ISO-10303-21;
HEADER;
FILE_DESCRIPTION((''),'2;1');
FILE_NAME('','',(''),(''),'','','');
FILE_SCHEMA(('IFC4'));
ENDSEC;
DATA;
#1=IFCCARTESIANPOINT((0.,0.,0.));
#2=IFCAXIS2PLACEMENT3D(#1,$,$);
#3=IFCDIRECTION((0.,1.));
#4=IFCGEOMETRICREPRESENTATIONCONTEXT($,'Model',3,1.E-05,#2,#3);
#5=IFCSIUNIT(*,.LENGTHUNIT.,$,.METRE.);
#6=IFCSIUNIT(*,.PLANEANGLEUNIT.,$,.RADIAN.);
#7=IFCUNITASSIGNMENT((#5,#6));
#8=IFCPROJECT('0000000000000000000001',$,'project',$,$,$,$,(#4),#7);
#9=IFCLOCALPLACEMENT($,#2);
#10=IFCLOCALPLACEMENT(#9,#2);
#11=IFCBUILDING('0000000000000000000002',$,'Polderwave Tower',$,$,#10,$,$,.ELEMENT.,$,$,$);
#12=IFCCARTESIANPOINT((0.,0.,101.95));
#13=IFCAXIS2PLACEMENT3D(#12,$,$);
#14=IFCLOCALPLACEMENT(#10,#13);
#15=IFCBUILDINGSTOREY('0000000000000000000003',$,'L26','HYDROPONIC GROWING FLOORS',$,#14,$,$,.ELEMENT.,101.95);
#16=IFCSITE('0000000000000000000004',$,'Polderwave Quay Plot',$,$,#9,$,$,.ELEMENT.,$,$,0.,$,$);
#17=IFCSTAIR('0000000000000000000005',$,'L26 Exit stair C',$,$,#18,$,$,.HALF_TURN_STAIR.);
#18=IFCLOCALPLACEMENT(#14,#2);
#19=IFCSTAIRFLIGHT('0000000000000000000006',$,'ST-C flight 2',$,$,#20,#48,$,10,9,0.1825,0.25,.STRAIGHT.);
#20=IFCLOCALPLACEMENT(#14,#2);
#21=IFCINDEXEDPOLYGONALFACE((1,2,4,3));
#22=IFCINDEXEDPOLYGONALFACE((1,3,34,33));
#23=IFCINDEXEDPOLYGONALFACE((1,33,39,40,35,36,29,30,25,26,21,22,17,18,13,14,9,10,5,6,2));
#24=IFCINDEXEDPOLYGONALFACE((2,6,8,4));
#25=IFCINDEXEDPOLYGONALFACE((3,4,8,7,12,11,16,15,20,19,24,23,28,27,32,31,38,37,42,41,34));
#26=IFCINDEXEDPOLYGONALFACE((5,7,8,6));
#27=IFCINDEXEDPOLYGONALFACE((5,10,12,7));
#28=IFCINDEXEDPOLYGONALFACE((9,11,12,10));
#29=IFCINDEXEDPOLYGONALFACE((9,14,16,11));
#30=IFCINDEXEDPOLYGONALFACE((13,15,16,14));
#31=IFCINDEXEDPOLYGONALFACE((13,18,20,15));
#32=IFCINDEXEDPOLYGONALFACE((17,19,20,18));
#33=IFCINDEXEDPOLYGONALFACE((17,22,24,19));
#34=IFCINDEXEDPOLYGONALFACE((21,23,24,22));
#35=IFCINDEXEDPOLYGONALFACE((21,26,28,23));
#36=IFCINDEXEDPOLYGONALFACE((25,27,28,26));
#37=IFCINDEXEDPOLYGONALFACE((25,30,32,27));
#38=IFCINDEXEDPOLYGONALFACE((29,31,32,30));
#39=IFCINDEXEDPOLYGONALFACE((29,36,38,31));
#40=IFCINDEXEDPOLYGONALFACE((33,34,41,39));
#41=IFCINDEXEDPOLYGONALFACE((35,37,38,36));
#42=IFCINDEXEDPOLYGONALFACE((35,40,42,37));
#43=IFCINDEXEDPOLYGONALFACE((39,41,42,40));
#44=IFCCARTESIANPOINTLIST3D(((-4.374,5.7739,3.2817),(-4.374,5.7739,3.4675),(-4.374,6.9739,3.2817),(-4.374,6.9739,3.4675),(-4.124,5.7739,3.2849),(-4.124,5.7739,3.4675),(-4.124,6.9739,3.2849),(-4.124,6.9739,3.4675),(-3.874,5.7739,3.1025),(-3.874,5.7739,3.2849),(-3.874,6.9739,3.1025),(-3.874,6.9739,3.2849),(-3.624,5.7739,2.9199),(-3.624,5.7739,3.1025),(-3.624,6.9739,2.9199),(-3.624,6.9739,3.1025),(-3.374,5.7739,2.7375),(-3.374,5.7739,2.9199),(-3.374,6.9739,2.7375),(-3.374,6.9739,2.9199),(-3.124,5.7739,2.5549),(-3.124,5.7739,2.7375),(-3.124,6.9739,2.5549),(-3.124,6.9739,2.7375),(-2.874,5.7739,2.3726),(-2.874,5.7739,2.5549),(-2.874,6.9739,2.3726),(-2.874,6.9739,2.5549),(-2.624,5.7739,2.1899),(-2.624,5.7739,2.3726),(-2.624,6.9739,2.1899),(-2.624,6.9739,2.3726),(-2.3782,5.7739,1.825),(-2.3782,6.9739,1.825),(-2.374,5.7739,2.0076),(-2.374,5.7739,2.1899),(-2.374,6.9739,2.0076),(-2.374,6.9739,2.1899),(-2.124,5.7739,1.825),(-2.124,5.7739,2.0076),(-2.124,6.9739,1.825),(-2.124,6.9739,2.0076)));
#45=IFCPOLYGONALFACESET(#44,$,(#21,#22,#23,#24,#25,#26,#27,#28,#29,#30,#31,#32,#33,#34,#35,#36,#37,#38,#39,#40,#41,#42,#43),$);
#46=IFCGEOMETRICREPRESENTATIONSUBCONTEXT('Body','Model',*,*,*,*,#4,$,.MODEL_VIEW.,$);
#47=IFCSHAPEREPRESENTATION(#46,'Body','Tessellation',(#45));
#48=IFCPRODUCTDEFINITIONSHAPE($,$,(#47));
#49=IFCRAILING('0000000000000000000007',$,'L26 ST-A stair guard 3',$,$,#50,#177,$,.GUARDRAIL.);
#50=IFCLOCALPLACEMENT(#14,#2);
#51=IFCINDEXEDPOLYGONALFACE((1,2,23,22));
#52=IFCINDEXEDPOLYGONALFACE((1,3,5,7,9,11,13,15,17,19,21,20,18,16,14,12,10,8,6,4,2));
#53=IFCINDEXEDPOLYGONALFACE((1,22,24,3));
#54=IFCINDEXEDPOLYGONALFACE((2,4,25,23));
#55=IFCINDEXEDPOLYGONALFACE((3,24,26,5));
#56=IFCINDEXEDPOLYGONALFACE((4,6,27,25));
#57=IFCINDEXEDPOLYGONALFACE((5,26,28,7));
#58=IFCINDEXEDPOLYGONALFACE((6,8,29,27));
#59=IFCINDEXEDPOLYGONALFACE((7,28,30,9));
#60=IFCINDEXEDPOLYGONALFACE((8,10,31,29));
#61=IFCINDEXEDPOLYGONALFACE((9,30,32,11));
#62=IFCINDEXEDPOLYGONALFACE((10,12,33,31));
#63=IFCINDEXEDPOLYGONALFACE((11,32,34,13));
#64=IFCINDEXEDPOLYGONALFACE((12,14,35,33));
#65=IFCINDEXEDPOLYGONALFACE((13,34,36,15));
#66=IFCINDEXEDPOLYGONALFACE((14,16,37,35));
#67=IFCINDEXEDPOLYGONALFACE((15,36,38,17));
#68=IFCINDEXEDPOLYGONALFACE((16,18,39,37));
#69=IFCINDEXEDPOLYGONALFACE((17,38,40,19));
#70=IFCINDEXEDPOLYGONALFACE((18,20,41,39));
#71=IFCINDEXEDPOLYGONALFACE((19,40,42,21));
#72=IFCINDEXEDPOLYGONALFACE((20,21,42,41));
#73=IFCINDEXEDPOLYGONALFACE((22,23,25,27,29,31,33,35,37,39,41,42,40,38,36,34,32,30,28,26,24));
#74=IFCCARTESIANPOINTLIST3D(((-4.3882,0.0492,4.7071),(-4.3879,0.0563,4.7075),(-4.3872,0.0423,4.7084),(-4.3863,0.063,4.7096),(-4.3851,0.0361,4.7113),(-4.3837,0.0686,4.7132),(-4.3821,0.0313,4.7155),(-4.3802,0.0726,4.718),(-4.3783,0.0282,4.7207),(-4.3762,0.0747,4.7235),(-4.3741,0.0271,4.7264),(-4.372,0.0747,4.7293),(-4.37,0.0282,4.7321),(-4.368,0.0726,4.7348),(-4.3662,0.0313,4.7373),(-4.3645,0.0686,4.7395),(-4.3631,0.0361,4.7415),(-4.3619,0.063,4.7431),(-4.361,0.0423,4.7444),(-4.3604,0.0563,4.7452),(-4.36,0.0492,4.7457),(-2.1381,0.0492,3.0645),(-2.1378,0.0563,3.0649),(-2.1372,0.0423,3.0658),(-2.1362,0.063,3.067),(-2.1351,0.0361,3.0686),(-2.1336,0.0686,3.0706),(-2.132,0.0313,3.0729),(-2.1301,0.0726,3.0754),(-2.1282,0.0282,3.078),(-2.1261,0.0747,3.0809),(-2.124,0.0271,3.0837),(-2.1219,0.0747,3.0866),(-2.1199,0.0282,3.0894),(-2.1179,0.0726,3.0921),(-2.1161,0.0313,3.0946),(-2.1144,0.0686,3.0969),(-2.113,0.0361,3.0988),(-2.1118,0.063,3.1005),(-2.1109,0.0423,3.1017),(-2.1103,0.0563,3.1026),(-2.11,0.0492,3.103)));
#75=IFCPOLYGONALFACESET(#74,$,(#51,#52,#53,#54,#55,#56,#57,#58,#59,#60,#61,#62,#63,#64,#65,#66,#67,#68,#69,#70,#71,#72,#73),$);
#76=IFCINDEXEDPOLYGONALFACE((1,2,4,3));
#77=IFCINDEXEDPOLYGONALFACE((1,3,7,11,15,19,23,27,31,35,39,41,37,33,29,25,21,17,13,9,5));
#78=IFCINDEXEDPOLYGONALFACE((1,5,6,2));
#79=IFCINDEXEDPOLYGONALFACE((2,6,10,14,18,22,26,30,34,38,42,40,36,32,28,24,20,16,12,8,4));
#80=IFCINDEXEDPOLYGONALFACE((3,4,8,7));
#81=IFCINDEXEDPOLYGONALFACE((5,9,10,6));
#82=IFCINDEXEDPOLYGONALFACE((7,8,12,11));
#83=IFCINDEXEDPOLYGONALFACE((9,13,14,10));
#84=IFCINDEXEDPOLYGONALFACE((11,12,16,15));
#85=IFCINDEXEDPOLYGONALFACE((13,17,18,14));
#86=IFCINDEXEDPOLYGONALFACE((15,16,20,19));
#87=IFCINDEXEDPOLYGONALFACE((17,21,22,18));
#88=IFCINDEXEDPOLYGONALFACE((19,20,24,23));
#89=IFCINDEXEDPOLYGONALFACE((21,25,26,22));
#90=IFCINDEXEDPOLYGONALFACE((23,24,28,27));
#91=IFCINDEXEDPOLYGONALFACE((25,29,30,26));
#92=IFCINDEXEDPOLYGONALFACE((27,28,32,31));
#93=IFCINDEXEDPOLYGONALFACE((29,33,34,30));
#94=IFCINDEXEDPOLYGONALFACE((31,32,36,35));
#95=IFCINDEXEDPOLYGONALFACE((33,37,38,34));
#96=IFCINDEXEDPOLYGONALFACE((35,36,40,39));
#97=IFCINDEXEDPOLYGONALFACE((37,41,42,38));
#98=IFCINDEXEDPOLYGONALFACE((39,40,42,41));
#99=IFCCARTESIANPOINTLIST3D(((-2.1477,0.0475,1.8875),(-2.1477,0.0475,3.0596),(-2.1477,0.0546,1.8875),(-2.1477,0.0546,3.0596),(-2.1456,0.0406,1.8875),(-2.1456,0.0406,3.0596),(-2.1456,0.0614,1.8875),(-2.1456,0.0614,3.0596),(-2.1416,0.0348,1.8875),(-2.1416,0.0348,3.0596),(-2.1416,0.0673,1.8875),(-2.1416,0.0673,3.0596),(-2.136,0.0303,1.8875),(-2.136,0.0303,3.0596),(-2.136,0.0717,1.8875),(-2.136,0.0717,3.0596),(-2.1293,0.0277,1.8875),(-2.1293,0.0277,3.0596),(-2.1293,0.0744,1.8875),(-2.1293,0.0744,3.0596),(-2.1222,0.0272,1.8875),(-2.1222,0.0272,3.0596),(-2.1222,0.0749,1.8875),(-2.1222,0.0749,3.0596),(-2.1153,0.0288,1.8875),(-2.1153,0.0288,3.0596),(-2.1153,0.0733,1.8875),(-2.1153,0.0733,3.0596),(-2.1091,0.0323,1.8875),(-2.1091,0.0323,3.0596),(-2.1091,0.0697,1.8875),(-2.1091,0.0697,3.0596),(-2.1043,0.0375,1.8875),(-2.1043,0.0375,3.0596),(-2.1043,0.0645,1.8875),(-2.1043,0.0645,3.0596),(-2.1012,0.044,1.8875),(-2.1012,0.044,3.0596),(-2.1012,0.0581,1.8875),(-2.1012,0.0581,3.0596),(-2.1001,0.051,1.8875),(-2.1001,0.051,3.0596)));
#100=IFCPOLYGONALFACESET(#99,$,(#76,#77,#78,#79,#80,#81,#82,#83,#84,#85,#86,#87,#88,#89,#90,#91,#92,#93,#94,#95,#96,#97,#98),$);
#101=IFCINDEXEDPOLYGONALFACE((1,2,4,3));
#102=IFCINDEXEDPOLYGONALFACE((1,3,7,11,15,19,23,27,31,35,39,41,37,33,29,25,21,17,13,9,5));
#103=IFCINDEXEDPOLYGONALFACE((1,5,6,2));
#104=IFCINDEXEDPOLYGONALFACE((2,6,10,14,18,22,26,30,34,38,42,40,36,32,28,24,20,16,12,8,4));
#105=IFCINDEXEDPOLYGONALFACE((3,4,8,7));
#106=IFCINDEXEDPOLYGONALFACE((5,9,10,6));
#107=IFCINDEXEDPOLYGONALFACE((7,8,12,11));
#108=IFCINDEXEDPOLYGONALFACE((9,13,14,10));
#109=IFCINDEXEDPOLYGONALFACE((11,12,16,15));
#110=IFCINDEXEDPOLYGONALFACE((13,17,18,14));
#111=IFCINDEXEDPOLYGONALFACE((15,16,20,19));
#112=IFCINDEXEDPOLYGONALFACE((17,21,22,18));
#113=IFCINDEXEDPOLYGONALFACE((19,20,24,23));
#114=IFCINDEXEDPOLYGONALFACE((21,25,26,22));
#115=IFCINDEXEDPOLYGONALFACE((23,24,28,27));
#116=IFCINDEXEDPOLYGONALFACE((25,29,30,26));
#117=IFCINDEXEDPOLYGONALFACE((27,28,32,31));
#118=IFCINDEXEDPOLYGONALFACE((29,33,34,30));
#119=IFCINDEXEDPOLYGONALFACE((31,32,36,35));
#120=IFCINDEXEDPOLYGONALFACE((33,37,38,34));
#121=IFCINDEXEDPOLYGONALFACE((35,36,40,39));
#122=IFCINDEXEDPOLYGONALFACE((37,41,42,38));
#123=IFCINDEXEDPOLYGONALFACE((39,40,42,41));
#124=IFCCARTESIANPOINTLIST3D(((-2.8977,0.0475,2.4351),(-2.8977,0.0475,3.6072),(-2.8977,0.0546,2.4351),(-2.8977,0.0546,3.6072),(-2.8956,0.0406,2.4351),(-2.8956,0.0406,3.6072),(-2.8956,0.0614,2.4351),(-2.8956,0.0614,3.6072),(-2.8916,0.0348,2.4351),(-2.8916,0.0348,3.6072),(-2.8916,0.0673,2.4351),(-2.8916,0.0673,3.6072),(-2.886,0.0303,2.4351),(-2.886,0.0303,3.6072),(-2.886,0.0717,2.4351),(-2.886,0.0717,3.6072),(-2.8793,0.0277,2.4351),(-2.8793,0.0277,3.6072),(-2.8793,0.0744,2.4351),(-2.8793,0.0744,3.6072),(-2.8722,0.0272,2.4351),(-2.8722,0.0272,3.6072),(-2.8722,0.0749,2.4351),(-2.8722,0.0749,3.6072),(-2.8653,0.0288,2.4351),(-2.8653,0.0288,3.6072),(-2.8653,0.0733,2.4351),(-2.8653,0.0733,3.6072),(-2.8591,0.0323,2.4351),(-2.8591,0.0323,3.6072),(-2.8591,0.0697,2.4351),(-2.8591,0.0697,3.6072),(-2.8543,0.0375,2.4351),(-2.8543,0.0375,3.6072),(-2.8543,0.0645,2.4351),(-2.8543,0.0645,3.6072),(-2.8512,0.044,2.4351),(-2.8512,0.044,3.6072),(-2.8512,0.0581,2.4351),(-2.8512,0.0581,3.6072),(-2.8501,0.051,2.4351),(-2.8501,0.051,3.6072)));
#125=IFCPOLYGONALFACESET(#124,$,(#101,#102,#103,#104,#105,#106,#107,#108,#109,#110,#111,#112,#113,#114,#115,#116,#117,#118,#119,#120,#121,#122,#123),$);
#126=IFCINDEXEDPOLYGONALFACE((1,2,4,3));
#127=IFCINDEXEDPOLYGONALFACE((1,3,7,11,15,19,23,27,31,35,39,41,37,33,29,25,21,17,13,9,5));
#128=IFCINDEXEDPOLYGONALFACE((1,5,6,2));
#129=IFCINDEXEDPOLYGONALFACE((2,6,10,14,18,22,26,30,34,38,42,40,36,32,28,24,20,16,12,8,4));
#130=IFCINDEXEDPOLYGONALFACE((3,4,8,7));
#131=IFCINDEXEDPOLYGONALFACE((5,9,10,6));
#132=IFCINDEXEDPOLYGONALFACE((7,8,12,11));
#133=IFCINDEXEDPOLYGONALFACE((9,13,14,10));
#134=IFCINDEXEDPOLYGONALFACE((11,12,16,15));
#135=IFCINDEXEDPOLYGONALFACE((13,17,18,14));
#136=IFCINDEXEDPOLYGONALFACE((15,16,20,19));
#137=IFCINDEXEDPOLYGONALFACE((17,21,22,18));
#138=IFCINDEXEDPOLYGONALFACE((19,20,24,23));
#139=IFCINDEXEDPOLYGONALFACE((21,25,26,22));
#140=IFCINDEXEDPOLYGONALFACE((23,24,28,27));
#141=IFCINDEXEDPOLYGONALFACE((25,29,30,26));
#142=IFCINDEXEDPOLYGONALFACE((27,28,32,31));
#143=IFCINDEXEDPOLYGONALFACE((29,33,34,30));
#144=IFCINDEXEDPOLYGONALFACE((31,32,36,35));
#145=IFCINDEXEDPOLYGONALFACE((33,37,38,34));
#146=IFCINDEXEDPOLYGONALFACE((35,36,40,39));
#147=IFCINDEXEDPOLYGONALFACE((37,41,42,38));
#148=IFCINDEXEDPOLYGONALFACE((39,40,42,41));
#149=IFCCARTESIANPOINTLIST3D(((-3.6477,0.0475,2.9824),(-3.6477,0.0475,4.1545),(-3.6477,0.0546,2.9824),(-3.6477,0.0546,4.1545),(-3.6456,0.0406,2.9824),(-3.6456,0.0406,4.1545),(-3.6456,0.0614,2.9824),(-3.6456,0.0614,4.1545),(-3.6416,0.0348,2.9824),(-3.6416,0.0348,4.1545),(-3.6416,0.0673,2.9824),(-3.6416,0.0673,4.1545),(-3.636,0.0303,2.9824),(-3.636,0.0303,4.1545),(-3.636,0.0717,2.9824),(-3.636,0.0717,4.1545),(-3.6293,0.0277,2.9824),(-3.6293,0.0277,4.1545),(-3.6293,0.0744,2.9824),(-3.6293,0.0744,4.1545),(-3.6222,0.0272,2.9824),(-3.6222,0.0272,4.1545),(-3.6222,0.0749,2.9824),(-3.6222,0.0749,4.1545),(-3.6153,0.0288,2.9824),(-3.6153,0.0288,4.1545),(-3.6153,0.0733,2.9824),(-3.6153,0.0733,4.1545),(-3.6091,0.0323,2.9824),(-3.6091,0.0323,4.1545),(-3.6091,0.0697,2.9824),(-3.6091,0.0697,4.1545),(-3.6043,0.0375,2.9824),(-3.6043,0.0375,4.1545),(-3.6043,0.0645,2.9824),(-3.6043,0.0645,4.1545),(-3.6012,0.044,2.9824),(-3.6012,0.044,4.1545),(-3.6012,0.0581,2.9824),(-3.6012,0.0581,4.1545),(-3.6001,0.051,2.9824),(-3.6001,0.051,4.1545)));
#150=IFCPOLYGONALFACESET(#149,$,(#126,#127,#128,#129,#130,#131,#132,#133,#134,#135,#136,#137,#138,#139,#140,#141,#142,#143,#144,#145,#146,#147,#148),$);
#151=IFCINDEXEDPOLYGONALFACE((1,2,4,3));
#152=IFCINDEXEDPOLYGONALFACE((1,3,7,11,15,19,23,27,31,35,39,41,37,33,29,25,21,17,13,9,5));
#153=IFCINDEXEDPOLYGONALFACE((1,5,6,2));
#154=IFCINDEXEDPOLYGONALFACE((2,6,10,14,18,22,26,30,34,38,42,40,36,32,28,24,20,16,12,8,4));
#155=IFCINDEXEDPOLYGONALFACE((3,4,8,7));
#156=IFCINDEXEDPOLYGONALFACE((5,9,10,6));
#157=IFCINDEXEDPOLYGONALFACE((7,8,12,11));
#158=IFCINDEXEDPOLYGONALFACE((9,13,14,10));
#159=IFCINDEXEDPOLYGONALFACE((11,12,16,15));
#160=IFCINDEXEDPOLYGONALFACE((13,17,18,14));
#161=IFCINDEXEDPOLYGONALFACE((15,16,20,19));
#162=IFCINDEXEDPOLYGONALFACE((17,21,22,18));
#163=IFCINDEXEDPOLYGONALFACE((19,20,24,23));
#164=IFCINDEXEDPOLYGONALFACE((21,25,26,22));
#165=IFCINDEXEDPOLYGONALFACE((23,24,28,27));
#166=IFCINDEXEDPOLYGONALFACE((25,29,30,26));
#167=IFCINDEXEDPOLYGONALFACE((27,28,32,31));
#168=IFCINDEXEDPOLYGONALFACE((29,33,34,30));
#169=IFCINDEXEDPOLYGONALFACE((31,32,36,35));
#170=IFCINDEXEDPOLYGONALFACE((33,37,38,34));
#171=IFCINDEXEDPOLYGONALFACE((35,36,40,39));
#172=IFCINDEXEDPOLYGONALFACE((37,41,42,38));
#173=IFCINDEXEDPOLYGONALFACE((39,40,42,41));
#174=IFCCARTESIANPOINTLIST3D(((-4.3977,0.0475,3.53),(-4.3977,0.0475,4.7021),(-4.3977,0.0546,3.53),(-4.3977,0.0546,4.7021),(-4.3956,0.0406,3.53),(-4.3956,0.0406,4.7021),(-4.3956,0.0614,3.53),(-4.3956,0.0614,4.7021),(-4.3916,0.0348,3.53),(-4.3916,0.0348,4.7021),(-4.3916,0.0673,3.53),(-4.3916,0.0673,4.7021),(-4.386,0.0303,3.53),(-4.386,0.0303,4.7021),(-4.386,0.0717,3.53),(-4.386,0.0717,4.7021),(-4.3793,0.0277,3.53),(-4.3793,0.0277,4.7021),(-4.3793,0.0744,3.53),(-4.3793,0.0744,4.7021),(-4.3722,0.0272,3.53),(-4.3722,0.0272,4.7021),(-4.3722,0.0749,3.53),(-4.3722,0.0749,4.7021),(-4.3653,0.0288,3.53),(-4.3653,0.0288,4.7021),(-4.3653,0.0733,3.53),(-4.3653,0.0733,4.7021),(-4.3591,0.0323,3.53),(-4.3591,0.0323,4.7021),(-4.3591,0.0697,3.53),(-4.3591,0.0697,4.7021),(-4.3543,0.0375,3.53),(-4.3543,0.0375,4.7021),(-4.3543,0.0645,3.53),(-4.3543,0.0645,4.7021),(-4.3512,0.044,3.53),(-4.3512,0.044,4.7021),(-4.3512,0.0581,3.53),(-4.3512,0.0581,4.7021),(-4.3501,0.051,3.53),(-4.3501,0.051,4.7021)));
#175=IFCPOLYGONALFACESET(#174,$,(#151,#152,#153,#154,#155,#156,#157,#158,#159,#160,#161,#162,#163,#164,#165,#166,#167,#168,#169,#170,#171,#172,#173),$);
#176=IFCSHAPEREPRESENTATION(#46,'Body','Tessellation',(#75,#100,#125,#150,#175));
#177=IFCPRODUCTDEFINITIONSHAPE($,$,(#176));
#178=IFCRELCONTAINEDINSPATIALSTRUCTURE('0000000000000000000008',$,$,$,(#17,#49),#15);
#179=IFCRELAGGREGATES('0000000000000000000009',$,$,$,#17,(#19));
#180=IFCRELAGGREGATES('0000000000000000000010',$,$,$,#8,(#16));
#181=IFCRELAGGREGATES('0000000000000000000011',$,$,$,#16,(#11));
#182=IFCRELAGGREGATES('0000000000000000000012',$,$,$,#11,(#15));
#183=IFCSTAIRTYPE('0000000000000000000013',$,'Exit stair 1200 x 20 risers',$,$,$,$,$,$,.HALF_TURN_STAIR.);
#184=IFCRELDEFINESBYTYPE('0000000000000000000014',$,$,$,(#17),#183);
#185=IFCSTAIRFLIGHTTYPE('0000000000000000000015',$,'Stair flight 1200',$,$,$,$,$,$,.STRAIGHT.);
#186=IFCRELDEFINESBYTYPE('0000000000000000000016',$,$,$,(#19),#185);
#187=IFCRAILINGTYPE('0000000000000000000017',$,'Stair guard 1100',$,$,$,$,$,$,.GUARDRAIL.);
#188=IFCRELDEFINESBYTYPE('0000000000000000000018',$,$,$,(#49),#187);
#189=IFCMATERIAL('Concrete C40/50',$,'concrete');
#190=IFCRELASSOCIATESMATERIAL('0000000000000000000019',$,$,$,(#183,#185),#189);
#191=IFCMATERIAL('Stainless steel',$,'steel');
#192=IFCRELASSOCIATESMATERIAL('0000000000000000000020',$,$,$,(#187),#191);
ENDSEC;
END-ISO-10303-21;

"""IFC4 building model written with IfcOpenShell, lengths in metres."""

from ifc_helpers import new_model, si_unit, direction, frame, origin, origin_2d, place, context, subcontext, project, spatial, polyline, circle, outline, extrude, material, type_object, element, aggregate, save


model = new_model("IFC4")

# Units and contexts
model_context = context("Model", 3, precision=1e-05, world=origin(), true_north=direction((0.0, 1.0)))
body_context = subcontext(model_context, "Body", "Model", "MODEL_VIEW")
ifc_project = project(units=[si_unit("LENGTHUNIT", "METRE"), si_unit("PLANEANGLEUNIT", "RADIAN")], contexts=[model_context])

# Site, building, storey
site_placement = place(None, origin())
site = spatial("IfcSite", under=ifc_project, at=site_placement, Name="Polderwave Quay Plot", CompositionType="ELEMENT", RefElevation=0.0)
building_placement = place(site_placement, origin())
building = spatial("IfcBuilding", under=site, at=building_placement, Name="Polderwave Tower", CompositionType="ELEMENT")
storey_placement = place(building_placement, frame((0.0, 0.0, 101.95)))
storey = spatial("IfcBuildingStorey", under=building, at=storey_placement, Name="L26", Description="HYDROPONIC GROWING FLOORS", CompositionType="ELEMENT", Elevation=101.95)

# Shared definitions
ifc_material_1 = material(Name="Concrete C40/50", Category="concrete")
stair_type = type_object("IfcStairType", Name="Exit stair 1200 x 20 risers", PredefinedType="HALF_TURN_STAIR", material=ifc_material_1)
stair_flight_type = type_object("IfcStairFlightType", Name="Stair flight 1200", PredefinedType="STRAIGHT", material=ifc_material_1)

# Stair, stair flight
stair_1_placement = place(storey_placement, origin())
stair_1 = element("IfcStair", 1, at=stair_1_placement, inside=storey, type_object=stair_type, Name="L26 Exit stair C", PredefinedType="HALF_TURN_STAIR")
stair_flight_1_placement = place(storey_placement, frame((-2.124, 6.374, 1.825), z_axis=(0.0, 0.0, 1.0), x_axis=(-1.0, 0.0, 0.0)))
stair_flight_1 = element("IfcStairFlight", 2, at=stair_flight_1_placement, type_object=stair_flight_type, Name="ST-C flight 2", NumberOfRisers=10, NumberOfTreads=9, PredefinedType="STRAIGHT", RiserHeight=0.1825, TreadLength=0.25, context=body_context, shape_type="SweptSolid", body=[
    extrude(outline(polyline([(0.0, 0.0), (0.0, 0.1826), (0.25, 0.1826), (0.25, 0.365), (0.5, 0.365), (0.5, 0.5476), (0.75, 0.5476), (0.75, 0.73), (1.0, 0.73), (1.0, 0.9126), (1.25, 0.9126), (1.25, 1.095), (1.5, 1.095), (1.5, 1.2776), (1.75, 1.2776), (1.75, 1.46), (2.0, 1.46), (2.0, 1.6426), (2.25, 1.6426), (2.25, 1.825), (2.25, 1.4568), (0.2542, 0.0), (0.0, 0.0)])), frame((0.0, 0.6001, 0.0), z_axis=(0.0, -1.0, 0.0), x_axis=(1.0, 0.0, 0.0)), (0.0, 0.0, 1.0), 1.2),
])
aggregate(stair_1, [stair_flight_1])

# Railing
ifc_material_2 = material(Name="Stainless steel", Category="steel")
railing_type_1 = type_object("IfcRailingType", Name="Stair guard 1100", PredefinedType="GUARDRAIL", material=ifc_material_2)
railing_1_placement = place(storey_placement, frame((-2.124, 0.051, 1.8875)))
element("IfcRailing", 3, at=railing_1_placement, inside=storey, type_object=railing_type_1, Name="L26 ST-A stair guard 3", PredefinedType="GUARDRAIL", context=body_context, shape_type="SweptSolid", body=[
    extrude(circle(Radius=0.0239, at=origin_2d()), frame((0.0, 0.0, 1.1963), z_axis=(-0.807674, 0.0, 0.58963), x_axis=(0.0, -1.0, 0.0)), (0.0, 0.0, 1.0), 2.7859),
    extrude(circle(Radius=0.0239, at=origin_2d()), origin(), (0.0, 0.0, 1.0), 1.1721),
    extrude(circle(Radius=0.0239, at=origin_2d()), frame((-0.75, 0.0, 0.5476)), (0.0, 0.0, 1.0), 1.1721),
    extrude(circle(Radius=0.0239, at=origin_2d()), frame((-1.5, 0.0, 1.095)), (0.0, 0.0, 1.0), 1.1721),
    extrude(circle(Radius=0.0239, at=origin_2d()), frame((-2.25, 0.0, 1.6426)), (0.0, 0.0, 1.0), 1.1721),
])

save(model, "model.ifc")
